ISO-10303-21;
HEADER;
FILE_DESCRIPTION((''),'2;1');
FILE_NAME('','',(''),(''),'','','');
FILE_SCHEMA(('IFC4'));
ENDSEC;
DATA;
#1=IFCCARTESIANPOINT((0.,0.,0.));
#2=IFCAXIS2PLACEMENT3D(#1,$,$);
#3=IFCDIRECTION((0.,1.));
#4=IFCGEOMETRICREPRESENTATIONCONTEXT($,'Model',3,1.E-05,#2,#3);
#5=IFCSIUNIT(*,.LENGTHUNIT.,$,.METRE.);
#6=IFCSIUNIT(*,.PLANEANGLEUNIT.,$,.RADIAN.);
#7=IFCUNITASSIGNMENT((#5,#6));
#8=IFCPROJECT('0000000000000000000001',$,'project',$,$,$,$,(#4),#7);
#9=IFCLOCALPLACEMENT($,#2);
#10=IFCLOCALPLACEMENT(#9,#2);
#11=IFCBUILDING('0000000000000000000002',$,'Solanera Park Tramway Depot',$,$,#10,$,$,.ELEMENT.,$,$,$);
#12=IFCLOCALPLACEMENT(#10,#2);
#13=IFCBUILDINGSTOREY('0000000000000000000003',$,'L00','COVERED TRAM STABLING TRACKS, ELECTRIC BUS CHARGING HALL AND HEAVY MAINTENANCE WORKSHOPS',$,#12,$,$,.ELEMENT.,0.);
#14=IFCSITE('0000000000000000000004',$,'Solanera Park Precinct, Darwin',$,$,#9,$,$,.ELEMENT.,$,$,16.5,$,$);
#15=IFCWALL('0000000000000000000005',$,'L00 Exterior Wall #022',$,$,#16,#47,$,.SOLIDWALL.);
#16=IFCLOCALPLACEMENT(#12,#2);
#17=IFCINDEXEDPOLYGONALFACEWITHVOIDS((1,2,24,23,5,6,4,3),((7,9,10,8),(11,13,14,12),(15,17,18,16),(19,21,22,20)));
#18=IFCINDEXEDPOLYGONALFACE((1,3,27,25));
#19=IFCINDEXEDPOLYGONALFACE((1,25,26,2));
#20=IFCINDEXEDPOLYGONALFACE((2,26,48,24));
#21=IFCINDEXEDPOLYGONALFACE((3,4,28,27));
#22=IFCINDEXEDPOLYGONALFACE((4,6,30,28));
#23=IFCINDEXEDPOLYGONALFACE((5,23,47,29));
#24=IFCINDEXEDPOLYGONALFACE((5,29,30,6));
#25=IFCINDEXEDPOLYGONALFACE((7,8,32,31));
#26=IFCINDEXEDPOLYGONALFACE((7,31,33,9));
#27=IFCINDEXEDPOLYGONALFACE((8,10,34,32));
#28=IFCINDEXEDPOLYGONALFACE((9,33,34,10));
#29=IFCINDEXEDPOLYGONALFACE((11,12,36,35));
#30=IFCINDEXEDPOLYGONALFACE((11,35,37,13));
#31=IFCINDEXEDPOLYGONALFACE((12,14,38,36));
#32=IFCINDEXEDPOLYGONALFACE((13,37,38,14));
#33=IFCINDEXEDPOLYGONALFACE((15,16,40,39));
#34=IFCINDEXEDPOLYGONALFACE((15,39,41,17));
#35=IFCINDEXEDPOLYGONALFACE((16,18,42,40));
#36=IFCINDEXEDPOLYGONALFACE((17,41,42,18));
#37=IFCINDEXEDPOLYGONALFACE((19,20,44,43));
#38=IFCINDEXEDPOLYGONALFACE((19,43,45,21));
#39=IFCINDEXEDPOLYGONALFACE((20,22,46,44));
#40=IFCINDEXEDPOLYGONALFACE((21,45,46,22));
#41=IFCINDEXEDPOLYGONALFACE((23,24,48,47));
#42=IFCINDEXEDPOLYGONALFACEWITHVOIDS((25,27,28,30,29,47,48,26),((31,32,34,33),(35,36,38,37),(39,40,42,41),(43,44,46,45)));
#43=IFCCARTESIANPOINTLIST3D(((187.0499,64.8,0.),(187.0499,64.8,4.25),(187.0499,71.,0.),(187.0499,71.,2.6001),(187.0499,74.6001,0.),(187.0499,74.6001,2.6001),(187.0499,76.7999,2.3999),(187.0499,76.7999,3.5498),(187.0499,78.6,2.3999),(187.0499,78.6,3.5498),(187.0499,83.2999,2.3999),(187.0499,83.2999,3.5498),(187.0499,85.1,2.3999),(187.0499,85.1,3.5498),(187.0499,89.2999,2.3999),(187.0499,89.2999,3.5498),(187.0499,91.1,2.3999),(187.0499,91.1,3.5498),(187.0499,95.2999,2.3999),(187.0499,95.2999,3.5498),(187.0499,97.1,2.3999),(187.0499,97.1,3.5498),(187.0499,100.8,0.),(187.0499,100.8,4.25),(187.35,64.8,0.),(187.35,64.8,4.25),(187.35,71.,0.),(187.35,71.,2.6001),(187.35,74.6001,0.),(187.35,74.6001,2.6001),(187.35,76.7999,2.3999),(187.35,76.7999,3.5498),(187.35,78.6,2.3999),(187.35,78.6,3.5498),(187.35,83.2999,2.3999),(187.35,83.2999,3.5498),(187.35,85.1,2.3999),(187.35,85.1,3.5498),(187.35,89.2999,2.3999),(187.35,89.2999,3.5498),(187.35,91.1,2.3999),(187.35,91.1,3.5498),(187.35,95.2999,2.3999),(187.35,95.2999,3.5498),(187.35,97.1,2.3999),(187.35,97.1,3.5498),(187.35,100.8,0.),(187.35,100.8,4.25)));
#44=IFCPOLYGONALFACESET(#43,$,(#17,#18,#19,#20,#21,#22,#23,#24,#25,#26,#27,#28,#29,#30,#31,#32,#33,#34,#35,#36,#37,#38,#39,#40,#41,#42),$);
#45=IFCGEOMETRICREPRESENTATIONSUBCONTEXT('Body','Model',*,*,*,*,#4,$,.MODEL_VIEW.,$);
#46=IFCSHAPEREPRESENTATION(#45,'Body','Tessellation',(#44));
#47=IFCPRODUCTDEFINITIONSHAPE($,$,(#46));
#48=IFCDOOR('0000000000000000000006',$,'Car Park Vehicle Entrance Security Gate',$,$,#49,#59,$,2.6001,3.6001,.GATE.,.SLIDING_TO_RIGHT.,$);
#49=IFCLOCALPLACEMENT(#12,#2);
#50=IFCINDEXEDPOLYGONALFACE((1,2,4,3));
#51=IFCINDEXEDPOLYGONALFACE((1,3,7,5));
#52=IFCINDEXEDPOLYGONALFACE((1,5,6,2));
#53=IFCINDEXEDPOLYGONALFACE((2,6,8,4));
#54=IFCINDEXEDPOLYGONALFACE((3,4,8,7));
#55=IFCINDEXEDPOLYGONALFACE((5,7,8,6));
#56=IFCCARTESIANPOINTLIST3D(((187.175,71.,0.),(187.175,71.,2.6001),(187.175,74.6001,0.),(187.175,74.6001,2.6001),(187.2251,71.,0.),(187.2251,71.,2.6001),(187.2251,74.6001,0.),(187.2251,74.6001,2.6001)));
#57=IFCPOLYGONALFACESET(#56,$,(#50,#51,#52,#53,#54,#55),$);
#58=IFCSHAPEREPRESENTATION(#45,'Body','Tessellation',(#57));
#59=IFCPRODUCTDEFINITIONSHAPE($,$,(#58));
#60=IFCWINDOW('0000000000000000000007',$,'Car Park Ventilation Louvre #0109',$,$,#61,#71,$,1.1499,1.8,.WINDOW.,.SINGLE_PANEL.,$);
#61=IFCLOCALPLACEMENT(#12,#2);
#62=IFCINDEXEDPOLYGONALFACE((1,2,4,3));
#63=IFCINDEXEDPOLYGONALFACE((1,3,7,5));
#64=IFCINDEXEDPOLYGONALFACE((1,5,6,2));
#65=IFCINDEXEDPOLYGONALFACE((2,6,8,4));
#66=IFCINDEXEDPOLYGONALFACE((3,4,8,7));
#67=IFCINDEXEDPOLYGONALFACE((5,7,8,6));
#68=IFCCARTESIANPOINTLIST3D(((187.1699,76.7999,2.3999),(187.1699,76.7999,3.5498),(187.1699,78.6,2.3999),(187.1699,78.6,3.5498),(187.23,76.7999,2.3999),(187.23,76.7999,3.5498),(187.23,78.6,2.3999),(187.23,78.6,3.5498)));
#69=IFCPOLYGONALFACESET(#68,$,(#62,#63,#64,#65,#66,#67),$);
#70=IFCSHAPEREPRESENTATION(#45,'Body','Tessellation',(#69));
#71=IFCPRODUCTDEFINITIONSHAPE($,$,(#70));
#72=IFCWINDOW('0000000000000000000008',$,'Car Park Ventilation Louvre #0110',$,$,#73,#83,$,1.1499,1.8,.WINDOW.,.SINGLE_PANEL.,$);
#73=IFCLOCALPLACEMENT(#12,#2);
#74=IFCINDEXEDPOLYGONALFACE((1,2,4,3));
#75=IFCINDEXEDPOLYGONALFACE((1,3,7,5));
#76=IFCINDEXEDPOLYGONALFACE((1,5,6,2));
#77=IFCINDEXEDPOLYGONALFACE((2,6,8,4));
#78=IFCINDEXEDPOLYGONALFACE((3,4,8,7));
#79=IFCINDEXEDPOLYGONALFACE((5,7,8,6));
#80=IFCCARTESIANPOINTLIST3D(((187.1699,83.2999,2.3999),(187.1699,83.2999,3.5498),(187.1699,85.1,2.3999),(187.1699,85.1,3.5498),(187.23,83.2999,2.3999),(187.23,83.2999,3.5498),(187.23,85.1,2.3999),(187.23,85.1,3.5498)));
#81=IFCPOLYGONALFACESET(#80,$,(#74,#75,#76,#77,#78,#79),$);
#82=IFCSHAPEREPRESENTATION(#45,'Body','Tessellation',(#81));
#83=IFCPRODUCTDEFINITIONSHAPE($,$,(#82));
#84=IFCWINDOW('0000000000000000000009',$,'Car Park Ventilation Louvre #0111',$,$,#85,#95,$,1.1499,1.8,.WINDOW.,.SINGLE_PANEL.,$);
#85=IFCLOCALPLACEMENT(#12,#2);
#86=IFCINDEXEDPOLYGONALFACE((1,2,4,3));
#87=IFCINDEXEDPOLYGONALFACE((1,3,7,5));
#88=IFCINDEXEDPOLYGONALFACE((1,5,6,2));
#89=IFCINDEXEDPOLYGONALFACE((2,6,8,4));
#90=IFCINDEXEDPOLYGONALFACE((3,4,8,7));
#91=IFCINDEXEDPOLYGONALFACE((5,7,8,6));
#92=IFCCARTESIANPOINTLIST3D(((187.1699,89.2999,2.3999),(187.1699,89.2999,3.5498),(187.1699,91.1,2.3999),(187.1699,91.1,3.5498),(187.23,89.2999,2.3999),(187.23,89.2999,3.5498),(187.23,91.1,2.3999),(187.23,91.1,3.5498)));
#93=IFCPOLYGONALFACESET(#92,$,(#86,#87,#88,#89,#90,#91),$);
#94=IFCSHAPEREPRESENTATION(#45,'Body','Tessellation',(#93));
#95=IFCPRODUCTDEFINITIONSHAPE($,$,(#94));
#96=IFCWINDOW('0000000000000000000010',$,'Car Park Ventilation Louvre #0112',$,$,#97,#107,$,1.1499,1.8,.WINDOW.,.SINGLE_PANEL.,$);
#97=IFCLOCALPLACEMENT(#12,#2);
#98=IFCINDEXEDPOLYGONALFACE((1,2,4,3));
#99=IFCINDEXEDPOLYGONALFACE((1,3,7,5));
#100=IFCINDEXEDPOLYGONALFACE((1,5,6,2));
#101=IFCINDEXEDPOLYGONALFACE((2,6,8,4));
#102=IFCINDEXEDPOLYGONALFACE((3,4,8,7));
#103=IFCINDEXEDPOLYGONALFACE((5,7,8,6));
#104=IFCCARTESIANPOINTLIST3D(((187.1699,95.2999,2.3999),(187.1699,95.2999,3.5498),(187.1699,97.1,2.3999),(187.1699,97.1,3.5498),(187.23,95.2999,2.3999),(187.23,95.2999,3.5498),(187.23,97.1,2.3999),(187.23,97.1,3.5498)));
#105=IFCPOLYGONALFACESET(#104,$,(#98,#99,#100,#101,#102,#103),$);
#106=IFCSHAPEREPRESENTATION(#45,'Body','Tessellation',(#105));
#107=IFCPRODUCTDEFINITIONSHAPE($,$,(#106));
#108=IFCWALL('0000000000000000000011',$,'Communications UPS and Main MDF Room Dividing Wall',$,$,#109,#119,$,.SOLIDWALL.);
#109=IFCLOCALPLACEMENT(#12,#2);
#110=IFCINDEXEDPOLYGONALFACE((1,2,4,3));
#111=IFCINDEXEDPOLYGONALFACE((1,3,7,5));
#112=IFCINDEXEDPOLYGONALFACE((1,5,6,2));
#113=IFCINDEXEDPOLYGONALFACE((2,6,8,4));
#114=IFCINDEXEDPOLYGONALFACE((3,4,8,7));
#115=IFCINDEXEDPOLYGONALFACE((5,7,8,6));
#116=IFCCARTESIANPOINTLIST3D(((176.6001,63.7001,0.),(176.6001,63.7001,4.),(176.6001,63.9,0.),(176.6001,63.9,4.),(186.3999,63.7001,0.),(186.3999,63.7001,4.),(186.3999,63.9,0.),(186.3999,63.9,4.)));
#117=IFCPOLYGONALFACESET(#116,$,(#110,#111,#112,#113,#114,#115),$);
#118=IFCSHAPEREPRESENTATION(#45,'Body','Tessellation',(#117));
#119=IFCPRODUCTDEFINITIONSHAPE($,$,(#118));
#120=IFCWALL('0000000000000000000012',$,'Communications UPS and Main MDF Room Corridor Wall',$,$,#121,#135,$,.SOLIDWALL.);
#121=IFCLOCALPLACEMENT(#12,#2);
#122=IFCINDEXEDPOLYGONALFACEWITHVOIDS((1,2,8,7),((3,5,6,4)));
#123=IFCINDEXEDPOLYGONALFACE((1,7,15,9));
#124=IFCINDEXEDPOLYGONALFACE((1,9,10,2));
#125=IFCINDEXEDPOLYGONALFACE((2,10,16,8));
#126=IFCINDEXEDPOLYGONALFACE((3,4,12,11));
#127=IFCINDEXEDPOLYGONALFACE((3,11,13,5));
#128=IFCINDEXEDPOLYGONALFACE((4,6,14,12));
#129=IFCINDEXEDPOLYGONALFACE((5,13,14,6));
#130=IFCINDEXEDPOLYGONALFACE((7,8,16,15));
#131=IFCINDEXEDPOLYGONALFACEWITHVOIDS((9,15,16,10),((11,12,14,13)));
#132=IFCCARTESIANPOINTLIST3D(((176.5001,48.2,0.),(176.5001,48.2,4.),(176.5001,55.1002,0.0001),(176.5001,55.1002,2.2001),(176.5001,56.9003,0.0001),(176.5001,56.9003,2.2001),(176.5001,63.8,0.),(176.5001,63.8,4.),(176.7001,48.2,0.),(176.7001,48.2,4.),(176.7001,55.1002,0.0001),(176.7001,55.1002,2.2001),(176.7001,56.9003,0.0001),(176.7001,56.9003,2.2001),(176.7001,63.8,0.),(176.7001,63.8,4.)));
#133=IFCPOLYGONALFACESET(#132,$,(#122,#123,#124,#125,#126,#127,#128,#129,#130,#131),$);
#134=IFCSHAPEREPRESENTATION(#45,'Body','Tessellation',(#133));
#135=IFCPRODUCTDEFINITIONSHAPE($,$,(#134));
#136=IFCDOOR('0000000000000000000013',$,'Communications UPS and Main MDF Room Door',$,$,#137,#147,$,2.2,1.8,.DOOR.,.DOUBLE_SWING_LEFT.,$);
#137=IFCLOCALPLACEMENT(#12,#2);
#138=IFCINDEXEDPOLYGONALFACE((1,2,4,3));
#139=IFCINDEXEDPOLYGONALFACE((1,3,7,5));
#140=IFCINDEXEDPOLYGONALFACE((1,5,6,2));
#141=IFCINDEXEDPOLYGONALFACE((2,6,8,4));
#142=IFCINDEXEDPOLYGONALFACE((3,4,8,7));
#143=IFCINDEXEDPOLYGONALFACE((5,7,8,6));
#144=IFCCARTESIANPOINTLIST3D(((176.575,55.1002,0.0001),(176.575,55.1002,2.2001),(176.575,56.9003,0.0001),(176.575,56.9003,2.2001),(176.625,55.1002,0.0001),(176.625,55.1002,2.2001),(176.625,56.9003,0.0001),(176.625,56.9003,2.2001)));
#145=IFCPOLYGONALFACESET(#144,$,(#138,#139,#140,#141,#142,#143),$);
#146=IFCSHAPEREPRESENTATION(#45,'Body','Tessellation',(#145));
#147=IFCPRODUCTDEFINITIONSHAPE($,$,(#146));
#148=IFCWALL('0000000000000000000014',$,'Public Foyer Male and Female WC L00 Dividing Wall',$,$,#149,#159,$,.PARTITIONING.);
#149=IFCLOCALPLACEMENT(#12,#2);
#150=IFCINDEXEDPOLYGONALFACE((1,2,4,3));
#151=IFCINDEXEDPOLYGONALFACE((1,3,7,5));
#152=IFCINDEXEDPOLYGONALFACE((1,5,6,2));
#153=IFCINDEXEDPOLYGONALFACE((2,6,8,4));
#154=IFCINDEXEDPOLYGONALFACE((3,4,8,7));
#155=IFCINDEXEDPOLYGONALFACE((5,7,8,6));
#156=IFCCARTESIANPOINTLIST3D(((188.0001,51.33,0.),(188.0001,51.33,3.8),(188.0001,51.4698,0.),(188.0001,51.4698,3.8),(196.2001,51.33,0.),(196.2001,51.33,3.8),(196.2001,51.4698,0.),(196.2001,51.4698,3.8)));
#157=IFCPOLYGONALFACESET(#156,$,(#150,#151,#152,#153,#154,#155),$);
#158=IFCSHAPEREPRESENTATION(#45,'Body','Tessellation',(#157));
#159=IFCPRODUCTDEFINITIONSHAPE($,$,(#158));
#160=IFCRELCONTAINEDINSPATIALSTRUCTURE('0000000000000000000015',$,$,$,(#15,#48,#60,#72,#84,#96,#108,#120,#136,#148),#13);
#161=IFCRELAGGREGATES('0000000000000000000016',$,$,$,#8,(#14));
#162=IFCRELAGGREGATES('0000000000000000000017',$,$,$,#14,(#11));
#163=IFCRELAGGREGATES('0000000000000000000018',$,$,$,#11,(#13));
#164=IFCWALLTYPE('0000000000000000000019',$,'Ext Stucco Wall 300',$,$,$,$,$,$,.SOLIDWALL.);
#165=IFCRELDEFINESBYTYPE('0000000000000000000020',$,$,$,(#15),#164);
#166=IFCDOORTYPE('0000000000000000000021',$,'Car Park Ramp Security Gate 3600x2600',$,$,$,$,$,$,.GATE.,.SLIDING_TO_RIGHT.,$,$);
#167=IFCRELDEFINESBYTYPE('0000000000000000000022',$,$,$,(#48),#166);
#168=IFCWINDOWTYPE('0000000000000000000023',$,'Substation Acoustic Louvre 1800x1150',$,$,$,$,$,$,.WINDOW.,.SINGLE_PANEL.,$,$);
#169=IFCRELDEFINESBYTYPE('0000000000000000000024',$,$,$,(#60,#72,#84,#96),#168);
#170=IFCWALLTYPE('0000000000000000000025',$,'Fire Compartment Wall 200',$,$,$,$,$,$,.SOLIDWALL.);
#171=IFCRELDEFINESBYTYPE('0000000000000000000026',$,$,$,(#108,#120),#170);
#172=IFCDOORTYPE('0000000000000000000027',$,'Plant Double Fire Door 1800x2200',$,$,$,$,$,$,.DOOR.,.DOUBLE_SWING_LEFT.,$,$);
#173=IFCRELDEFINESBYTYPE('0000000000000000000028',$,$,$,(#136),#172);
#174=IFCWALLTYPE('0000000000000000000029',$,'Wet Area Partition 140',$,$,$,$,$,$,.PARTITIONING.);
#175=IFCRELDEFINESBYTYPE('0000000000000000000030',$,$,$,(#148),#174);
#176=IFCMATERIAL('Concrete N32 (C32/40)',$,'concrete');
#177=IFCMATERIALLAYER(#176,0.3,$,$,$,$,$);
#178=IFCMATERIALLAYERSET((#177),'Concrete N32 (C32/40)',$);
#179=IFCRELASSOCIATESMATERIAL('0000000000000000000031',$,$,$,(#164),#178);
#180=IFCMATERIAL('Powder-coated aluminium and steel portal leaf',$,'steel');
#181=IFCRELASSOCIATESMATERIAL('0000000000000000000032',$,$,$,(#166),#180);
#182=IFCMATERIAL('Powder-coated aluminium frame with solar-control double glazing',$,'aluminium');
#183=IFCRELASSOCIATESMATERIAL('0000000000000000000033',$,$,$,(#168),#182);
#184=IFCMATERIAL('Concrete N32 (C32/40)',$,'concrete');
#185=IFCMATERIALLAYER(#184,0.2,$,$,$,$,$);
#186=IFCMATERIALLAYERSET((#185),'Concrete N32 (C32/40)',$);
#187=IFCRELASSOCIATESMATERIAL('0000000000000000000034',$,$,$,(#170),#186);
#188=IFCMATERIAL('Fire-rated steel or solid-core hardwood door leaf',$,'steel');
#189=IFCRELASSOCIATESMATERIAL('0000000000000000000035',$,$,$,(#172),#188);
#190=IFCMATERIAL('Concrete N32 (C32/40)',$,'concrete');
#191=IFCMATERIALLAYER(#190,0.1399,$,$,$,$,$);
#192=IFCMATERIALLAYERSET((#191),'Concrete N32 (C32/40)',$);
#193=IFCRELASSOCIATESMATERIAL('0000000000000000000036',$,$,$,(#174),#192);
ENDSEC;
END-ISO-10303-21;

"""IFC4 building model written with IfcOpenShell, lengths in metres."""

from ifc_helpers import new_model, si_unit, direction, frame, frame_2d, origin, place, context, subcontext, project, spatial, rectangle, extrude, material, layer, layer_set, type_object, element, fill, save


model = new_model("IFC4")

# Units and contexts
model_context = context("Model", 3, precision=1e-05, world=origin(), true_north=direction((0.0, 1.0)))
body_context = subcontext(model_context, "Body", "Model", "MODEL_VIEW")
ifc_project = project(units=[si_unit("LENGTHUNIT", "METRE"), si_unit("PLANEANGLEUNIT", "RADIAN")], contexts=[model_context])

# Site, building, storey
site_placement = place(None, origin())
site = spatial("IfcSite", under=ifc_project, at=site_placement, Name="Solanera Park Precinct, Darwin", CompositionType="ELEMENT", RefElevation=16.5)
building_placement = place(site_placement, origin())
building = spatial("IfcBuilding", under=site, at=building_placement, Name="Solanera Park Tramway Depot", CompositionType="ELEMENT")
storey_placement = place(building_placement, origin())
storey = spatial("IfcBuildingStorey", under=building, at=storey_placement, Name="L00", Description="COVERED TRAM STABLING TRACKS, ELECTRIC BUS CHARGING HALL AND HEAVY MAINTENANCE WORKSHOPS", CompositionType="ELEMENT", Elevation=0.0)

# Wall, openings, door, windows
ifc_material_1 = material(Name="Concrete N32 (C32/40)", Category="concrete")
ifc_layer_1 = layer(ifc_material_1, 0.3)
ifc_layer_set_1 = layer_set([ifc_layer_1], Name="Concrete N32 (C32/40)")
wall_type_1 = type_object("IfcWallType", Name="Ext Stucco Wall 300", PredefinedType="SOLIDWALL", material=ifc_layer_set_1)
wall_1_placement = place(storey_placement, frame((187.2, 64.8, 0.0), z_axis=(0.0, 0.0, 1.0), x_axis=(0.0, 1.0, 0.0)))
wall_1 = element("IfcWall", 1, at=wall_1_placement, inside=storey, type_object=wall_type_1, Name="L00 Exterior Wall #022", PredefinedType="SOLIDWALL", context=body_context, shape_type="SweptSolid", body=[
    extrude(rectangle(XDim=36.0, YDim=0.3, at=frame_2d((18.0, 0.0))), origin(), (0.0, 0.0, 1.0), 4.25),
])
opening_1_placement = place(wall_1_placement, frame((6.2, 0.0, 0.0)))
opening_1 = element("IfcOpeningElement", 2, at=opening_1_placement, cuts=wall_1, PredefinedType="OPENING", context=body_context, shape_type="SweptSolid", body=[
    extrude(rectangle(XDim=3.6001, YDim=2.6001, at=frame_2d((1.8, 1.3))), frame((0.0, 0.1602, 0.0), z_axis=(0.0, -1.0, 0.0), x_axis=(1.0, 0.0, 0.0)), (0.0, 0.0, 1.0), 0.3201),
])
opening_2_placement = place(wall_1_placement, frame((12.0, 0.0, 2.3999)))
opening_2 = element("IfcOpeningElement", 3, at=opening_2_placement, cuts=wall_1, PredefinedType="OPENING", context=body_context, shape_type="SweptSolid", body=[
    extrude(rectangle(XDim=1.8, YDim=1.1499, at=frame_2d((0.8999, 0.575))), frame((0.0, 0.1602, 0.0), z_axis=(0.0, -1.0, 0.0), x_axis=(1.0, 0.0, 0.0)), (0.0, 0.0, 1.0), 0.3201),
])
opening_3_placement = place(wall_1_placement, frame((18.5, 0.0, 2.3999)))
opening_3 = element("IfcOpeningElement", 4, at=opening_3_placement, cuts=wall_1, PredefinedType="OPENING", context=body_context, shape_type="SweptSolid", body=[
    extrude(rectangle(XDim=1.8, YDim=1.1499, at=frame_2d((0.8999, 0.575))), frame((0.0, 0.1602, 0.0), z_axis=(0.0, -1.0, 0.0), x_axis=(1.0, 0.0, 0.0)), (0.0, 0.0, 1.0), 0.3201),
])
opening_4_placement = place(wall_1_placement, frame((24.5, 0.0, 2.3999)))
opening_4 = element("IfcOpeningElement", 5, at=opening_4_placement, cuts=wall_1, PredefinedType="OPENING", context=body_context, shape_type="SweptSolid", body=[
    extrude(rectangle(XDim=1.8, YDim=1.1499, at=frame_2d((0.8999, 0.575))), frame((0.0, 0.1602, 0.0), z_axis=(0.0, -1.0, 0.0), x_axis=(1.0, 0.0, 0.0)), (0.0, 0.0, 1.0), 0.3201),
])
opening_5_placement = place(wall_1_placement, frame((30.5, 0.0, 2.3999)))
opening_5 = element("IfcOpeningElement", 6, at=opening_5_placement, cuts=wall_1, PredefinedType="OPENING", context=body_context, shape_type="SweptSolid", body=[
    extrude(rectangle(XDim=1.8, YDim=1.1499, at=frame_2d((0.8999, 0.575))), frame((0.0, 0.1602, 0.0), z_axis=(0.0, -1.0, 0.0), x_axis=(1.0, 0.0, 0.0)), (0.0, 0.0, 1.0), 0.3201),
])
ifc_material_2 = material(Name="Powder-coated aluminium and steel portal leaf", Category="steel")
door_type_1 = type_object("IfcDoorType", Name="Car Park Ramp Security Gate 3600x2600", OperationType="SLIDING_TO_RIGHT", PredefinedType="GATE", material=ifc_material_2)
door_1_placement = place(opening_1_placement, origin())
door_1 = element("IfcDoor", 7, at=door_1_placement, inside=storey, type_object=door_type_1, Name="Car Park Vehicle Entrance Security Gate", OperationType="SLIDING_TO_RIGHT", OverallHeight=2.6001, OverallWidth=3.6001, PredefinedType="GATE", context=body_context, shape_type="SweptSolid", body=[
    extrude(rectangle(XDim=3.6001, YDim=2.6001, at=frame_2d((1.8, 1.3))), frame((0.0, 0.0249, 0.0), z_axis=(0.0, -1.0, 0.0), x_axis=(1.0, 0.0, 0.0)), (0.0, 0.0, 1.0), 0.05),
])
fill(opening_1, door_1)
ifc_material_3 = material(Name="Powder-coated aluminium frame with solar-control double glazing", Category="aluminium")
window_type = type_object("IfcWindowType", Name="Substation Acoustic Louvre 1800x1150", PartitioningType="SINGLE_PANEL", PredefinedType="WINDOW", material=ifc_material_3)
window_1_placement = place(opening_2_placement, origin())
window_1 = element("IfcWindow", 8, at=window_1_placement, inside=storey, type_object=window_type, Name="Car Park Ventilation Louvre #0109", OverallHeight=1.1499, OverallWidth=1.8, PartitioningType="SINGLE_PANEL", PredefinedType="WINDOW", context=body_context, shape_type="SweptSolid", body=[
    extrude(rectangle(XDim=1.8, YDim=1.1499, at=frame_2d((0.8999, 0.575))), frame((0.0, 0.03, 0.0), z_axis=(0.0, -1.0, 0.0), x_axis=(1.0, 0.0, 0.0)), (0.0, 0.0, 1.0), 0.0601),
])
fill(opening_2, window_1)
window_2_placement = place(opening_3_placement, origin())
window_2 = element("IfcWindow", 9, at=window_2_placement, inside=storey, type_object=window_type, Name="Car Park Ventilation Louvre #0110", OverallHeight=1.1499, OverallWidth=1.8, PartitioningType="SINGLE_PANEL", PredefinedType="WINDOW", context=body_context, shape_type="SweptSolid", body=[
    extrude(rectangle(XDim=1.8, YDim=1.1499, at=frame_2d((0.8999, 0.575))), frame((0.0, 0.03, 0.0), z_axis=(0.0, -1.0, 0.0), x_axis=(1.0, 0.0, 0.0)), (0.0, 0.0, 1.0), 0.0601),
])
fill(opening_3, window_2)
window_3_placement = place(opening_4_placement, origin())
window_3 = element("IfcWindow", 10, at=window_3_placement, inside=storey, type_object=window_type, Name="Car Park Ventilation Louvre #0111", OverallHeight=1.1499, OverallWidth=1.8, PartitioningType="SINGLE_PANEL", PredefinedType="WINDOW", context=body_context, shape_type="SweptSolid", body=[
    extrude(rectangle(XDim=1.8, YDim=1.1499, at=frame_2d((0.8999, 0.575))), frame((0.0, 0.03, 0.0), z_axis=(0.0, -1.0, 0.0), x_axis=(1.0, 0.0, 0.0)), (0.0, 0.0, 1.0), 0.0601),
])
fill(opening_4, window_3)
window_4_placement = place(opening_5_placement, origin())
window_4 = element("IfcWindow", 11, at=window_4_placement, inside=storey, type_object=window_type, Name="Car Park Ventilation Louvre #0112", OverallHeight=1.1499, OverallWidth=1.8, PartitioningType="SINGLE_PANEL", PredefinedType="WINDOW", context=body_context, shape_type="SweptSolid", body=[
    extrude(rectangle(XDim=1.8, YDim=1.1499, at=frame_2d((0.8999, 0.575))), frame((0.0, 0.03, 0.0), z_axis=(0.0, -1.0, 0.0), x_axis=(1.0, 0.0, 0.0)), (0.0, 0.0, 1.0), 0.0601),
])
fill(opening_5, window_4)

# Wall
ifc_material_4 = material(Name="Concrete N32 (C32/40)", Category="concrete")
ifc_layer_2 = layer(ifc_material_4, 0.2)
ifc_layer_set_2 = layer_set([ifc_layer_2], Name="Concrete N32 (C32/40)")
wall_type_2 = type_object("IfcWallType", Name="Fire Compartment Wall 200", PredefinedType="SOLIDWALL", material=ifc_layer_set_2)
wall_2_placement = place(storey_placement, frame((176.6001, 63.8, 0.0), z_axis=(0.0, 0.0, 1.0), x_axis=(1.0, 0.0, 0.0)))
element("IfcWall", 12, at=wall_2_placement, inside=storey, type_object=wall_type_2, Name="Communications UPS and Main MDF Room Dividing Wall", PredefinedType="SOLIDWALL", context=body_context, shape_type="SweptSolid", body=[
    extrude(rectangle(XDim=9.7998, YDim=0.2, at=frame_2d((4.8999, 0.0))), origin(), (0.0, 0.0, 1.0), 4.0),
])

# Wall, opening, door
wall_3_placement = place(storey_placement, frame((176.6001, 63.8, 0.0), z_axis=(0.0, 0.0, 1.0), x_axis=(0.0, -1.0, 0.0)))
wall_3 = element("IfcWall", 13, at=wall_3_placement, inside=storey, type_object=wall_type_2, Name="Communications UPS and Main MDF Room Corridor Wall", PredefinedType="SOLIDWALL", context=body_context, shape_type="SweptSolid", body=[
    extrude(rectangle(XDim=15.6001, YDim=0.2, at=frame_2d((7.8, 0.0))), origin(), (0.0, 0.0, 1.0), 4.0),
])
opening_6_placement = place(wall_3_placement, frame((6.8999, 0.0, 0.0)))
opening_6 = element("IfcOpeningElement", 14, at=opening_6_placement, cuts=wall_3, PredefinedType="OPENING", context=body_context, shape_type="SweptSolid", body=[
    extrude(rectangle(XDim=1.8, YDim=2.2, at=frame_2d((0.8999, 1.1001))), frame((0.0, 0.1099, 0.0), z_axis=(0.0, -1.0, 0.0), x_axis=(1.0, 0.0, 0.0)), (0.0, 0.0, 1.0), 0.22),
])
ifc_material_5 = material(Name="Fire-rated steel or solid-core hardwood door leaf", Category="steel")
door_type_2 = type_object("IfcDoorType", Name="Plant Double Fire Door 1800x2200", OperationType="DOUBLE_SWING_LEFT", PredefinedType="DOOR", material=ifc_material_5)
door_2_placement = place(opening_6_placement, origin())
door_2 = element("IfcDoor", 15, at=door_2_placement, inside=storey, type_object=door_type_2, Name="Communications UPS and Main MDF Room Door", OperationType="DOUBLE_SWING_LEFT", OverallHeight=2.2, OverallWidth=1.8, PredefinedType="DOOR", context=body_context, shape_type="SweptSolid", body=[
    extrude(rectangle(XDim=1.8, YDim=2.2, at=frame_2d((0.8999, 1.1001))), frame((0.0, 0.0249, 0.0), z_axis=(0.0, -1.0, 0.0), x_axis=(1.0, 0.0, 0.0)), (0.0, 0.0, 1.0), 0.05),
])
fill(opening_6, door_2)

# Wall
ifc_material_6 = material(Name="Concrete N32 (C32/40)", Category="concrete")
ifc_layer_3 = layer(ifc_material_6, 0.1399)
ifc_layer_set_3 = layer_set([ifc_layer_3], Name="Concrete N32 (C32/40)")
wall_type_3 = type_object("IfcWallType", Name="Wet Area Partition 140", PredefinedType="PARTITIONING", material=ifc_layer_set_3)
wall_4_placement = place(storey_placement, frame((188.0, 51.3999, 0.0), z_axis=(0.0, 0.0, 1.0), x_axis=(1.0, 0.0, 0.0)))
element("IfcWall", 16, at=wall_4_placement, inside=storey, type_object=wall_type_3, Name="Public Foyer Male and Female WC L00 Dividing Wall", PredefinedType="PARTITIONING", context=body_context, shape_type="SweptSolid", body=[
    extrude(rectangle(XDim=8.2, YDim=0.1399, at=frame_2d((4.1001, 0.0))), origin(), (0.0, 0.0, 1.0), 3.8),
])

save(model, "model.ifc")
